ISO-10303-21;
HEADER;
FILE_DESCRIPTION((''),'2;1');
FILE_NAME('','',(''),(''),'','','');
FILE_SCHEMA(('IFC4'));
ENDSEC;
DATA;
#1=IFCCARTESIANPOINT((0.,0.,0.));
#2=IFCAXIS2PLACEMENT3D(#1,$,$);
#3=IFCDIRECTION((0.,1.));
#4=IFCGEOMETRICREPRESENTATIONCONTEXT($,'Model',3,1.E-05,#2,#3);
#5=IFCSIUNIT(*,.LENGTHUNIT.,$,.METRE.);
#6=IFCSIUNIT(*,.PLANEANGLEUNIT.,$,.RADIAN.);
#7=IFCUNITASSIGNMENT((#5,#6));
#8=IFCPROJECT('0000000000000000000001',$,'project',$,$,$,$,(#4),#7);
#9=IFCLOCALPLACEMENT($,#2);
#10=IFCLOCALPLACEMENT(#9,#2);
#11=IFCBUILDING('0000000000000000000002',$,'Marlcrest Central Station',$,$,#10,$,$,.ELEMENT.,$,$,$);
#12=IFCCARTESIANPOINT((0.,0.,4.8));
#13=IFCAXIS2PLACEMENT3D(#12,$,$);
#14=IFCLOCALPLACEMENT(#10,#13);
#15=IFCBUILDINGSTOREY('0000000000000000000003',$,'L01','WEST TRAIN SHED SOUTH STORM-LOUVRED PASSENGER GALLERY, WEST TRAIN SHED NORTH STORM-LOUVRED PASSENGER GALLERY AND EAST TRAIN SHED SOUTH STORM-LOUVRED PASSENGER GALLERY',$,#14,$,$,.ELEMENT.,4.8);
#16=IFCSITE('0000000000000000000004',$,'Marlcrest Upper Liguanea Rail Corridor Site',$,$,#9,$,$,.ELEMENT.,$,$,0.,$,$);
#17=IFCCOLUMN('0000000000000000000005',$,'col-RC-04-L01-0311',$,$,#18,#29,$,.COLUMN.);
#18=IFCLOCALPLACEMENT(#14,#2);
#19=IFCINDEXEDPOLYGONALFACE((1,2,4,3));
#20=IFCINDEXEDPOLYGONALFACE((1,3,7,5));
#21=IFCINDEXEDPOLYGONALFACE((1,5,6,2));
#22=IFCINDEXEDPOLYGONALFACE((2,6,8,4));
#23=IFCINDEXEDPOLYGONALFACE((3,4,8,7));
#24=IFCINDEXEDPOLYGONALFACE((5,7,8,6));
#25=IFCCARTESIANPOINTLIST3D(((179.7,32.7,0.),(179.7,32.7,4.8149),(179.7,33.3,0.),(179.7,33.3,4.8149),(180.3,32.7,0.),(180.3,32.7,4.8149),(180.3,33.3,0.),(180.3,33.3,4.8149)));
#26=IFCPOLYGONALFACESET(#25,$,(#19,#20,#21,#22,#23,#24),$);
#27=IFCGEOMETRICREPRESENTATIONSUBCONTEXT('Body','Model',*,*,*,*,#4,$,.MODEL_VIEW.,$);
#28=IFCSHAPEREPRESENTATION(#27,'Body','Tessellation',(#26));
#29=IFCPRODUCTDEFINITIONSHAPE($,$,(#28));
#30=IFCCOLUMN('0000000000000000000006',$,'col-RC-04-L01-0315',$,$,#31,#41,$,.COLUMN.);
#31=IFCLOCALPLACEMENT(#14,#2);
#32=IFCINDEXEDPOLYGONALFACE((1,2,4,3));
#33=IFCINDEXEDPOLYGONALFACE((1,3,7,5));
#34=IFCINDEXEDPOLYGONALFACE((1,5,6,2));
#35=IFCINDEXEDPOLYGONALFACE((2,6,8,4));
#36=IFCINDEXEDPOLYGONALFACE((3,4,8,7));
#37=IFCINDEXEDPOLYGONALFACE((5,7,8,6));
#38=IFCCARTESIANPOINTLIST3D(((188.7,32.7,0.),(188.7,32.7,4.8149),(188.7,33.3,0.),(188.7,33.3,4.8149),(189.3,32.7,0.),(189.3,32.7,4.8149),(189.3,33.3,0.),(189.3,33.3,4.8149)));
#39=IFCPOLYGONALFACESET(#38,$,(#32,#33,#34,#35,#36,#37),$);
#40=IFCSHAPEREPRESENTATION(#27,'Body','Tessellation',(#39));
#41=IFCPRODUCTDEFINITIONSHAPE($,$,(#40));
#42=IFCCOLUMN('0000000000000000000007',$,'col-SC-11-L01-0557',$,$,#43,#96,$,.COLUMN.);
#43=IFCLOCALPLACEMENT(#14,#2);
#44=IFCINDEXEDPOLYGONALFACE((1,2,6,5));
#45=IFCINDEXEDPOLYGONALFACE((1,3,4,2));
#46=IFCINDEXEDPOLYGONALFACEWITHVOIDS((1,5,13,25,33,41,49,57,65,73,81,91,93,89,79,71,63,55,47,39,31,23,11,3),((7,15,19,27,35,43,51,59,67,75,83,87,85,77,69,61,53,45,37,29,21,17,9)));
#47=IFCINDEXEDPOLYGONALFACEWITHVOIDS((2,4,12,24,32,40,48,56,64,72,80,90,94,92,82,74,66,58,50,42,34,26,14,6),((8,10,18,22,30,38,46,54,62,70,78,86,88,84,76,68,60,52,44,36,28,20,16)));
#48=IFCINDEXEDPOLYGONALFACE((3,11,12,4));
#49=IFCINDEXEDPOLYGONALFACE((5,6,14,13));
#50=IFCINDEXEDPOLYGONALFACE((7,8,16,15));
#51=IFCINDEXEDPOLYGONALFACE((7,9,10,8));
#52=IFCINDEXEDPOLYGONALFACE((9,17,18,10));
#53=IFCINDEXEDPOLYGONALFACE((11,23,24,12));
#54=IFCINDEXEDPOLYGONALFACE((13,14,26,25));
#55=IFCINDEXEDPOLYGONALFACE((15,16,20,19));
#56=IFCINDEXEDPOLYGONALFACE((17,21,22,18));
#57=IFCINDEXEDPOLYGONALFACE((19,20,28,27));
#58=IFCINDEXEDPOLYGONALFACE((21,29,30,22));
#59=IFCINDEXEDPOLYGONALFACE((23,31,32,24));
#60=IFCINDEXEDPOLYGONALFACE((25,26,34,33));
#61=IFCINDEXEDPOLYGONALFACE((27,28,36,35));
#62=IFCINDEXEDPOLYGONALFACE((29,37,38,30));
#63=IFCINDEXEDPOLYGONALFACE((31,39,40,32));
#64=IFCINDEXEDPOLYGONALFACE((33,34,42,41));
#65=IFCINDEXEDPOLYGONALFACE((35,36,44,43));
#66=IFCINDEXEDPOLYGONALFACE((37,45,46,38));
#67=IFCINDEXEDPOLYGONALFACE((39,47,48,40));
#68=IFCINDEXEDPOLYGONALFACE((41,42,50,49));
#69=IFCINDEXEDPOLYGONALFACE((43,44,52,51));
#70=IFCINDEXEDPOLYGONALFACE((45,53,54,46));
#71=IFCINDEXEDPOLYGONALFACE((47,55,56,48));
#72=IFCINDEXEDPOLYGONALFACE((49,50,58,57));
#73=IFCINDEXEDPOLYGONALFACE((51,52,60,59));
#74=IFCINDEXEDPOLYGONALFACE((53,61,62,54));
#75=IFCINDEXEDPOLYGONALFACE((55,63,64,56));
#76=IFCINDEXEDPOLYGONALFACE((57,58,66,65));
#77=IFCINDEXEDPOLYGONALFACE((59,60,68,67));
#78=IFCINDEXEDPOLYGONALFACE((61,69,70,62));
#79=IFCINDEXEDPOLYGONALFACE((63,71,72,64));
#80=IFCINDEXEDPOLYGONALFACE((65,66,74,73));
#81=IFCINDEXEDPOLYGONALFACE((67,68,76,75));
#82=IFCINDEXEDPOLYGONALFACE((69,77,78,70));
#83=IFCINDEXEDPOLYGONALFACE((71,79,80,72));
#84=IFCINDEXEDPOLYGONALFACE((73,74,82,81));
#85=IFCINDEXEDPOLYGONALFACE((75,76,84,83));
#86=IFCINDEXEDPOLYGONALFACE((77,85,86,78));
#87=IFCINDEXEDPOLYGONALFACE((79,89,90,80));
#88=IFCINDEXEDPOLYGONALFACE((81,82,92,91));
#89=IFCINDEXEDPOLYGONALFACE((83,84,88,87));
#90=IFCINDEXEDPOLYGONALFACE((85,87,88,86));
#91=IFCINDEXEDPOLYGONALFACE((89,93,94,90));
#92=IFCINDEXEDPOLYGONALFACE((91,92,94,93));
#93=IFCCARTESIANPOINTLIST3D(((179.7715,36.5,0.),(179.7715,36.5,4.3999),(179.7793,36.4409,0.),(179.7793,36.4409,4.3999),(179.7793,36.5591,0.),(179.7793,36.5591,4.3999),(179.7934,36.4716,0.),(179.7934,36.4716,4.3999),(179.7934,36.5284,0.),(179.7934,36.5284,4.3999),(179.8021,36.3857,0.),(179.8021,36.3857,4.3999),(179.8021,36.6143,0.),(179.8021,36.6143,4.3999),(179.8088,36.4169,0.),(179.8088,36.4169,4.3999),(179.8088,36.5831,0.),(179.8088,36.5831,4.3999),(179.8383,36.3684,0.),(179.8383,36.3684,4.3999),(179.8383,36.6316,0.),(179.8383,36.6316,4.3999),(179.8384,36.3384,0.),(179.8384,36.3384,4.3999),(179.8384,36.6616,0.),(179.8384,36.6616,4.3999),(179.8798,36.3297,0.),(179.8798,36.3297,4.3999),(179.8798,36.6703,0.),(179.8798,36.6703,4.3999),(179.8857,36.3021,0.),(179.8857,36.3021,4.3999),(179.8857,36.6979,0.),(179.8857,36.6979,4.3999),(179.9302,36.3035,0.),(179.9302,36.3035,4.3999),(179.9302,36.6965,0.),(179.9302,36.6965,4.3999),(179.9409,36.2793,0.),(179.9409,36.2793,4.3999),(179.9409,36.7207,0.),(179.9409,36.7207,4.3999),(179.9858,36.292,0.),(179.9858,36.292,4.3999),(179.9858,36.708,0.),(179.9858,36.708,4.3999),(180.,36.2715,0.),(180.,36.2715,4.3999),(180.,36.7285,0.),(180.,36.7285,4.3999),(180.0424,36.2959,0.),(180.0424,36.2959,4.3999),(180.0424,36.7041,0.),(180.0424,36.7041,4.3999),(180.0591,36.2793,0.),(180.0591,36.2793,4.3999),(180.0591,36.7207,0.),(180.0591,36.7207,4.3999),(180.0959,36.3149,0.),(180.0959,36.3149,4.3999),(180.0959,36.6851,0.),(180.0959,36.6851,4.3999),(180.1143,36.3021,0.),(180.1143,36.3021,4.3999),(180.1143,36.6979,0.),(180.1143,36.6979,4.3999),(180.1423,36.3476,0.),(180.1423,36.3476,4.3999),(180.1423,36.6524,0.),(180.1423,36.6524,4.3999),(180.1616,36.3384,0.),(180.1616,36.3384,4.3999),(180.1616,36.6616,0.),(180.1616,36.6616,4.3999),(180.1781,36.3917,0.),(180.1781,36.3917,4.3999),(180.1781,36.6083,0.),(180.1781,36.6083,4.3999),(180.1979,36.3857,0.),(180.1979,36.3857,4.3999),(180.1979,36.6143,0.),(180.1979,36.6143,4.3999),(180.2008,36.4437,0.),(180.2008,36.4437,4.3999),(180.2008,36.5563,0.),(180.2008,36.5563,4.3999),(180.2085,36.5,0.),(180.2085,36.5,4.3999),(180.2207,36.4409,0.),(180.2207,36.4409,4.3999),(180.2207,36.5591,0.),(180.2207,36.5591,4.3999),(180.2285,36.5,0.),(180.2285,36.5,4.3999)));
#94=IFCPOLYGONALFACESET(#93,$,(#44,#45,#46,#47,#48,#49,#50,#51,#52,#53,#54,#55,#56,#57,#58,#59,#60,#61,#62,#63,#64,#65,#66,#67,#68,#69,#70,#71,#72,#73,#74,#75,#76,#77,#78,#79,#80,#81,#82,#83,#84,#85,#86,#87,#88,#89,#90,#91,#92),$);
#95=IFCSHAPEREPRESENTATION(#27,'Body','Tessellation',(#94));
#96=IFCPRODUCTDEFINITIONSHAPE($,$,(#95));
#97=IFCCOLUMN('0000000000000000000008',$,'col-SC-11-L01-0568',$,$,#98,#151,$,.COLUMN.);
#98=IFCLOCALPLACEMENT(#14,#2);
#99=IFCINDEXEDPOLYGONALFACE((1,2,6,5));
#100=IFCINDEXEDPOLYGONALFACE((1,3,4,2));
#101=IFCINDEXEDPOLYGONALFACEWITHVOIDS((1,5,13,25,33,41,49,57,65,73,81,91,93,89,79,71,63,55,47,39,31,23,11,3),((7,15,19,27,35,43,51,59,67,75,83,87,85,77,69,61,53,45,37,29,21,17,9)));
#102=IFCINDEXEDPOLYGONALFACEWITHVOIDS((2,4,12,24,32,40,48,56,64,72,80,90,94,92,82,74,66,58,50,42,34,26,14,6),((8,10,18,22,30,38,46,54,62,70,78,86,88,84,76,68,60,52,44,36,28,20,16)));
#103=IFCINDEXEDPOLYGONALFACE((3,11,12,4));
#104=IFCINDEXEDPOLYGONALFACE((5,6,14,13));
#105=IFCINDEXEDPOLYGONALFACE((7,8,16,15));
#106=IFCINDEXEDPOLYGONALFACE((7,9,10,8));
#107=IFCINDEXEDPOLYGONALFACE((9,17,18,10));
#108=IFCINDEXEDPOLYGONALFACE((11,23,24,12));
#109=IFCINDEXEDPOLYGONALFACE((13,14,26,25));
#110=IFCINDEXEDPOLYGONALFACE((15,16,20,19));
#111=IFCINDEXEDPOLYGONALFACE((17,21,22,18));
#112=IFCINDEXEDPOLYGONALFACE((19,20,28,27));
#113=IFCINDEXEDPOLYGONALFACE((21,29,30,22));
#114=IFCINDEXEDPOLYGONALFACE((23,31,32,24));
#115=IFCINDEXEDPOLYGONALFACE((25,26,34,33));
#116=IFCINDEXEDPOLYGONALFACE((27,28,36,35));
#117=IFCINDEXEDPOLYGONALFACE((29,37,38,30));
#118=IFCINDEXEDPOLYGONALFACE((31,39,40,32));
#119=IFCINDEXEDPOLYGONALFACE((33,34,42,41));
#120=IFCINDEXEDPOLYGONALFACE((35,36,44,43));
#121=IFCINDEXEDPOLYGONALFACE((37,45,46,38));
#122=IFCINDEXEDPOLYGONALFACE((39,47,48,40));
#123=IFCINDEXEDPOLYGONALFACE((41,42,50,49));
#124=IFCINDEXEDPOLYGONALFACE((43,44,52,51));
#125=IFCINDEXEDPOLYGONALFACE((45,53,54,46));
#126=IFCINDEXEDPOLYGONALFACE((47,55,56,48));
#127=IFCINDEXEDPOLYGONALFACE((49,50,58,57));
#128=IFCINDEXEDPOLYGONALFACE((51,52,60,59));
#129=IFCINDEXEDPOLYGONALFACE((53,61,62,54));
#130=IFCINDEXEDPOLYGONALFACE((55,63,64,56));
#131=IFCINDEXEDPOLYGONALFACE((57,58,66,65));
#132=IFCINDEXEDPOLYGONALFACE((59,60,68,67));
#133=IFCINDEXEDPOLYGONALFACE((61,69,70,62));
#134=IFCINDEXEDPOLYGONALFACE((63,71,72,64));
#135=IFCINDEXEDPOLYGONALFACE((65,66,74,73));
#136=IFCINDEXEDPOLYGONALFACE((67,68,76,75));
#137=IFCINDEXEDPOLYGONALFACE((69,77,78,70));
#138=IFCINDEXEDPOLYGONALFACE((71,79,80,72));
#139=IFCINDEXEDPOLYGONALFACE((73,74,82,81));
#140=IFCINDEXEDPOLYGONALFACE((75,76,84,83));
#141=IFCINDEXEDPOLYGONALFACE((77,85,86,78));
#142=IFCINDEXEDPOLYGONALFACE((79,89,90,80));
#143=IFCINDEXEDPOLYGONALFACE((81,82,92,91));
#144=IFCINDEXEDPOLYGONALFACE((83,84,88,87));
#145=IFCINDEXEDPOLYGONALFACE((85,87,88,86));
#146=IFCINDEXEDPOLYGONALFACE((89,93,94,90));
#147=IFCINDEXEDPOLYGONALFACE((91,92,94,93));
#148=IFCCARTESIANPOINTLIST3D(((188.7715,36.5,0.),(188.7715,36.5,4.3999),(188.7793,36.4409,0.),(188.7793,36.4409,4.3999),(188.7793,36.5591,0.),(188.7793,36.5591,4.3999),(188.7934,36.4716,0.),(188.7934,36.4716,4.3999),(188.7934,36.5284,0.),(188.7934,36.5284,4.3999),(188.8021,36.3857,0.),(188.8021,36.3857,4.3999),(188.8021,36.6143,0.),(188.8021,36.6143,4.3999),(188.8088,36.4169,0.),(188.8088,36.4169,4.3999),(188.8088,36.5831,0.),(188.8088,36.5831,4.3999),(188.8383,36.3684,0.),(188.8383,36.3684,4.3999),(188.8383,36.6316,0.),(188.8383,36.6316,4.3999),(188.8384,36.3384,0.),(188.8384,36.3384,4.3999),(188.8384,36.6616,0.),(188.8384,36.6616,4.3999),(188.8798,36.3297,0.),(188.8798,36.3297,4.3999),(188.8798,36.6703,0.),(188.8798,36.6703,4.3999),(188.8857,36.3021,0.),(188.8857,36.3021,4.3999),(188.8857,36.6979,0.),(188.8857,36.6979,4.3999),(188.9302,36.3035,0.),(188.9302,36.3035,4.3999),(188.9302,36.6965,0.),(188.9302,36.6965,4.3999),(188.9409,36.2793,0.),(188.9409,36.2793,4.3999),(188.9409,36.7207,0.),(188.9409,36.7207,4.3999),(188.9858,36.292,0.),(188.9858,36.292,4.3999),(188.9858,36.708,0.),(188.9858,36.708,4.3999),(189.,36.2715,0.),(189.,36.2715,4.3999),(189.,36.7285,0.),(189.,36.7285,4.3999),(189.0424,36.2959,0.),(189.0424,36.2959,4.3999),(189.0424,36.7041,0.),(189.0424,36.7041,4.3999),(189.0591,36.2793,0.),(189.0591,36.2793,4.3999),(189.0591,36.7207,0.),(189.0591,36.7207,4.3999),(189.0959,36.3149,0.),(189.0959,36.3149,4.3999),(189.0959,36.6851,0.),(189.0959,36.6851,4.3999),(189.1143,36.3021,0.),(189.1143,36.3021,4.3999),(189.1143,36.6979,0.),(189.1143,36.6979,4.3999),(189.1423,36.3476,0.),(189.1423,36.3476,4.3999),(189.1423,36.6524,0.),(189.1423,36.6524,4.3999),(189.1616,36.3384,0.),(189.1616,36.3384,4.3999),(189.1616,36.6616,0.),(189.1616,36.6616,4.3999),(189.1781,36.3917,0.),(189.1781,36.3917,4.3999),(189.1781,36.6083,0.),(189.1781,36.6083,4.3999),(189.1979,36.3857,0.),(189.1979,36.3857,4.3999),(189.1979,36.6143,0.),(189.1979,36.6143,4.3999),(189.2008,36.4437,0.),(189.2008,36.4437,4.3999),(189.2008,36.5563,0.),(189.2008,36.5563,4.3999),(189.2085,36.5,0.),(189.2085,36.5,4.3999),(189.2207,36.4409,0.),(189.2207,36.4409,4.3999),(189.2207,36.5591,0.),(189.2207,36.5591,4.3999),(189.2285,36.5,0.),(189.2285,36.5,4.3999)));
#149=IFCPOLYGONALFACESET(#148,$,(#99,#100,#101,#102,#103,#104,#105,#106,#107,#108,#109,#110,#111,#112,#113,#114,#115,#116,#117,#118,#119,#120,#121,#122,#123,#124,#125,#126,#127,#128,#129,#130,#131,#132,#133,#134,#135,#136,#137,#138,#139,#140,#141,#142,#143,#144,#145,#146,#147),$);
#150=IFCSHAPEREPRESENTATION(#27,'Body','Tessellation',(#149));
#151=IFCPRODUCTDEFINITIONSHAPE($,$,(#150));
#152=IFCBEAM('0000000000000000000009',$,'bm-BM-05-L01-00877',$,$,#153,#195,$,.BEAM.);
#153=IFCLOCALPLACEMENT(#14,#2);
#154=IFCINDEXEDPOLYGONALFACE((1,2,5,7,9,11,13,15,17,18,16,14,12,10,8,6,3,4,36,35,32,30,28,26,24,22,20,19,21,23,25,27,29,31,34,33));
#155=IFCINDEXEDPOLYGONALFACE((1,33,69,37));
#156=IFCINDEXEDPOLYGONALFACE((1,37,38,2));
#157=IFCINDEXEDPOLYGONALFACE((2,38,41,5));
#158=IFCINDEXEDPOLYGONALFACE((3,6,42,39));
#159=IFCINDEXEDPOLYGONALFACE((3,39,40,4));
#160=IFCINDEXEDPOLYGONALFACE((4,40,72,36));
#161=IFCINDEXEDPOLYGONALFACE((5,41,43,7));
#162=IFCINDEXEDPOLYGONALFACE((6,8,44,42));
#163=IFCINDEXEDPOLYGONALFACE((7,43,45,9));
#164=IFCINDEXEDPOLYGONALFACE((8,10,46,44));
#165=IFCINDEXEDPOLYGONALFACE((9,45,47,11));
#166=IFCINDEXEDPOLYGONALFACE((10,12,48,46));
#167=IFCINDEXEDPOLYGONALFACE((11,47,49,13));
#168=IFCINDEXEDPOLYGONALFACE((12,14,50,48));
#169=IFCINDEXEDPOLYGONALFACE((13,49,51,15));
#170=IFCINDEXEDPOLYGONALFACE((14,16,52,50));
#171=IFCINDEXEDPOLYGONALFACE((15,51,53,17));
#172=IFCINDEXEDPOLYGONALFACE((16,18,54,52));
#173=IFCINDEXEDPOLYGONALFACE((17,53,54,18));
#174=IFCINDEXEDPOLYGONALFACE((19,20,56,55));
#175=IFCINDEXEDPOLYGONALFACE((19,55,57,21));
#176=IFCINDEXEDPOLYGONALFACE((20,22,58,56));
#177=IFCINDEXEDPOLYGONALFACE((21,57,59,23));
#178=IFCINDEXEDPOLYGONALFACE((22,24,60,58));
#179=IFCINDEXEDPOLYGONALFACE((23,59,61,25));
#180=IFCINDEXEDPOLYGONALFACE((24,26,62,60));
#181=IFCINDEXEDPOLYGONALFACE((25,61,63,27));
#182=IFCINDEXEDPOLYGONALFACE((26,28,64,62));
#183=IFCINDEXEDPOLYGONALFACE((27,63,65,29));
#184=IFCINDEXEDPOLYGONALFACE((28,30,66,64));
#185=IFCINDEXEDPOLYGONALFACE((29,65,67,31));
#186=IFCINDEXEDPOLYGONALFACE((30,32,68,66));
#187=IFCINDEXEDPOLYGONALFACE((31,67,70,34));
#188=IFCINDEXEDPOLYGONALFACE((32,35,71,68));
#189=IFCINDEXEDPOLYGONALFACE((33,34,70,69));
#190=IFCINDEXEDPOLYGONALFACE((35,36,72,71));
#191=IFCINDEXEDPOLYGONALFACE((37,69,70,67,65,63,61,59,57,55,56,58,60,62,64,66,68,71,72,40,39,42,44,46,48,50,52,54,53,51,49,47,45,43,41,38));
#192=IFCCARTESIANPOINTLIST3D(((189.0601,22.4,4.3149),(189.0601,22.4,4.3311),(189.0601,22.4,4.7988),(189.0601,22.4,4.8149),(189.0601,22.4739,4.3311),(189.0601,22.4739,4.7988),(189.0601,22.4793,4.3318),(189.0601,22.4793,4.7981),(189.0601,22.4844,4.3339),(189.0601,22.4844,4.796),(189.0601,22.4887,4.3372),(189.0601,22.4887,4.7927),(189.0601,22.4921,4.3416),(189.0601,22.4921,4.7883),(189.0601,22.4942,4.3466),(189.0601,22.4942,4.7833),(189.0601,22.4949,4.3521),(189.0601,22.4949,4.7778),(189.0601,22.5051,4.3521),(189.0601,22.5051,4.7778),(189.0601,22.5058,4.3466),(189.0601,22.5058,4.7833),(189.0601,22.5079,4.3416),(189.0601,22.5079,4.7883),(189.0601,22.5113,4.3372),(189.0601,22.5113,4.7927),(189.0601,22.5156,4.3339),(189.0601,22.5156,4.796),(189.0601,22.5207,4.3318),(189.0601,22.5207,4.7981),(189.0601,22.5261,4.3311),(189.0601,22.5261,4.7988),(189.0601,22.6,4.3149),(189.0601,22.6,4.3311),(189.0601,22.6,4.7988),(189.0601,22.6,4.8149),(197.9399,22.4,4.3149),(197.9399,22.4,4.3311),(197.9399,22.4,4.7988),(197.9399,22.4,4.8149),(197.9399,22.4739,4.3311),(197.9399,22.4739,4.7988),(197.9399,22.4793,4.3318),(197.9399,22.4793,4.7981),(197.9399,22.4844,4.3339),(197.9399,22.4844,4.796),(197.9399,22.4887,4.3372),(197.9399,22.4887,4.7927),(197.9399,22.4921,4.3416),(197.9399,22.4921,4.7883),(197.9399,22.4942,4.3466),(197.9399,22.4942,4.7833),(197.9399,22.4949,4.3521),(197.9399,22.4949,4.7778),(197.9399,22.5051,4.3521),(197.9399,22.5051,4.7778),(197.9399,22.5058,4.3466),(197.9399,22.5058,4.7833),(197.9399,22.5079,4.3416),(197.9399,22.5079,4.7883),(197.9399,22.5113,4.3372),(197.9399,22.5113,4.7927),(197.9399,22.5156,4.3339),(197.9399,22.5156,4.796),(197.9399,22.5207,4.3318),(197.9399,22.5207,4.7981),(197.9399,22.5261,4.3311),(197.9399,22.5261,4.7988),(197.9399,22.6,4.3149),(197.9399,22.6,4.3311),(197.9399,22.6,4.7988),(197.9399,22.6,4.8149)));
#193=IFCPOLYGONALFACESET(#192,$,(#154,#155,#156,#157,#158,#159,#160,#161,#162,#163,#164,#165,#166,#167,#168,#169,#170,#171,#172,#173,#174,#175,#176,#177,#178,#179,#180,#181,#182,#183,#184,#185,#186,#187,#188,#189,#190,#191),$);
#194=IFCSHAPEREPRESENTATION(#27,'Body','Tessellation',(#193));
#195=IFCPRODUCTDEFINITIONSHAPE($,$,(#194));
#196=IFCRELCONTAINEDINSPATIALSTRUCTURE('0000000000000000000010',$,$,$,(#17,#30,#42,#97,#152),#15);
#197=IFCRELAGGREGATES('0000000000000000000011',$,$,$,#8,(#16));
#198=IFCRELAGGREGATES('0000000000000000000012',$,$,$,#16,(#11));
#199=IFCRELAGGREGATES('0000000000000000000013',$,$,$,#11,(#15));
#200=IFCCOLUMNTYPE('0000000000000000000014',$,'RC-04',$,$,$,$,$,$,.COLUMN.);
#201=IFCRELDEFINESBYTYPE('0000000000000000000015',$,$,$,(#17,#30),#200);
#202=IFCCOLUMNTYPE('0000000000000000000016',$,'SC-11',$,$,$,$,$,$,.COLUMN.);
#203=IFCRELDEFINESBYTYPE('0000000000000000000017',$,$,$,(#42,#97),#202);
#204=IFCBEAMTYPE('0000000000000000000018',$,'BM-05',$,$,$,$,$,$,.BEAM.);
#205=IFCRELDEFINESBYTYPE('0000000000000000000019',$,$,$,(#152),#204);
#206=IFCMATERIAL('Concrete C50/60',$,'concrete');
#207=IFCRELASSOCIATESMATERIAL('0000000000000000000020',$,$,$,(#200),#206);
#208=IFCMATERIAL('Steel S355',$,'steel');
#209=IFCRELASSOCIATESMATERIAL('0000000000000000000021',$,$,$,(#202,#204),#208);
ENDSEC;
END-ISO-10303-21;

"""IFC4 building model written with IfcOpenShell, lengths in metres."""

from ifc_helpers import new_model, si_unit, direction, frame, origin, origin_2d, place, context, subcontext, project, spatial, rectangle, hollow_circle, i_section, extrude, material, material_profile, profile_set, type_object, element, save


model = new_model("IFC4")

# Units and contexts
model_context = context("Model", 3, precision=1e-05, world=origin(), true_north=direction((0.0, 1.0)))
body_context = subcontext(model_context, "Body", "Model", "MODEL_VIEW")
ifc_project = project(units=[si_unit("LENGTHUNIT", "METRE"), si_unit("PLANEANGLEUNIT", "RADIAN")], contexts=[model_context])

# Site, building, storey
site_placement = place(None, origin())
site = spatial("IfcSite", under=ifc_project, at=site_placement, Name="Marlcrest Upper Liguanea Rail Corridor Site", CompositionType="ELEMENT", RefElevation=0.0)
building_placement = place(site_placement, origin())
building = spatial("IfcBuilding", under=site, at=building_placement, Name="Marlcrest Central Station", CompositionType="ELEMENT")
storey_placement = place(building_placement, frame((0.0, 0.0, 4.8)))
storey = spatial("IfcBuildingStorey", under=building, at=storey_placement, Name="L01", Description="WEST TRAIN SHED SOUTH STORM-LOUVRED PASSENGER GALLERY, WEST TRAIN SHED NORTH STORM-LOUVRED PASSENGER GALLERY AND EAST TRAIN SHED SOUTH STORM-LOUVRED PASSENGER GALLERY", CompositionType="ELEMENT", Elevation=4.8)

# Columns
ifc_material_1 = material(Name="Concrete C50/60", Category="concrete")
ifc_material_profile_1 = material_profile(ifc_material_1, rectangle(XDim=0.6001, YDim=0.6001, at=origin_2d()), Name="RC 600x600")
ifc_profile_set_1 = profile_set([ifc_material_profile_1], Name="Concrete C50/60")
column_type_1 = type_object("IfcColumnType", Name="RC-04", PredefinedType="COLUMN", material=ifc_profile_set_1)
for number, where, z_axis, x_axis, name in (
    (1, (180.0, 33.0, 0.0), (0.0, 0.0, 1.0), (1.0, 0.0, 0.0), "col-RC-04-L01-0311"),
    (2, (189.0, 33.0, 0.0), (0.0, 0.0, 1.0), (1.0, 0.0, 0.0), "col-RC-04-L01-0315"),
):
    element("IfcColumn", number, at=place(storey_placement, frame(where, z_axis=z_axis, x_axis=x_axis)), inside=storey, type_object=column_type_1, Name=name, PredefinedType="COLUMN", context=body_context, shape_type="SweptSolid", body=[
        extrude(rectangle(XDim=0.6001, YDim=0.6001, at=origin_2d()), origin(), (0.0, 0.0, 1.0), 4.8149),
    ])
ifc_material_2 = material(Name="Steel S355", Category="steel")
ifc_material_profile_2 = material_profile(ifc_material_2, hollow_circle(Radius=0.2285, WallThickness=0.02, at=origin_2d()), Name="CHS 457x20")
ifc_profile_set_2 = profile_set([ifc_material_profile_2], Name="Steel S355")
column_type_2 = type_object("IfcColumnType", Name="SC-11", PredefinedType="COLUMN", material=ifc_profile_set_2)
for number, where, z_axis, x_axis, name in (
    (3, (180.0, 36.5, 0.0), (0.0, 0.0, 1.0), (1.0, 0.0, 0.0), "col-SC-11-L01-0557"),
    (4, (189.0, 36.5, 0.0), (0.0, 0.0, 1.0), (1.0, 0.0, 0.0), "col-SC-11-L01-0568"),
):
    element("IfcColumn", number, at=place(storey_placement, frame(where, z_axis=z_axis, x_axis=x_axis)), inside=storey, type_object=column_type_2, Name=name, PredefinedType="COLUMN", context=body_context, shape_type="SweptSolid", body=[
        extrude(hollow_circle(Radius=0.2285, WallThickness=0.02, at=origin_2d()), origin(), (0.0, 0.0, 1.0), 4.3999),
    ])

# Beam
ifc_material_profile_3 = material_profile(ifc_material_2, i_section(OverallWidth=0.2, OverallDepth=0.5, WebThickness=0.0103, FlangeThickness=0.0161, FilletRadius=0.021, at=origin_2d()), Name="IPE 500")
ifc_profile_set_3 = profile_set([ifc_material_profile_3], Name="Steel S355")
beam_type_1 = type_object("IfcBeamType", Name="BM-05", PredefinedType="BEAM", material=ifc_profile_set_3)
beam_placement = place(storey_placement, frame((189.0601, 22.5, 4.5649), z_axis=(1.0, 0.0, 0.0), x_axis=(0.0, 1.0, 0.0)))
element("IfcBeam", 5, at=beam_placement, inside=storey, type_object=beam_type_1, Name="bm-BM-05-L01-00877", PredefinedType="BEAM", context=body_context, shape_type="SweptSolid", body=[
    extrude(i_section(OverallWidth=0.2, OverallDepth=0.5, WebThickness=0.0103, FlangeThickness=0.0161, FilletRadius=0.021, at=origin_2d()), origin(), (0.0, 0.0, 1.0), 8.8799),
])

save(model, "model.ifc")
